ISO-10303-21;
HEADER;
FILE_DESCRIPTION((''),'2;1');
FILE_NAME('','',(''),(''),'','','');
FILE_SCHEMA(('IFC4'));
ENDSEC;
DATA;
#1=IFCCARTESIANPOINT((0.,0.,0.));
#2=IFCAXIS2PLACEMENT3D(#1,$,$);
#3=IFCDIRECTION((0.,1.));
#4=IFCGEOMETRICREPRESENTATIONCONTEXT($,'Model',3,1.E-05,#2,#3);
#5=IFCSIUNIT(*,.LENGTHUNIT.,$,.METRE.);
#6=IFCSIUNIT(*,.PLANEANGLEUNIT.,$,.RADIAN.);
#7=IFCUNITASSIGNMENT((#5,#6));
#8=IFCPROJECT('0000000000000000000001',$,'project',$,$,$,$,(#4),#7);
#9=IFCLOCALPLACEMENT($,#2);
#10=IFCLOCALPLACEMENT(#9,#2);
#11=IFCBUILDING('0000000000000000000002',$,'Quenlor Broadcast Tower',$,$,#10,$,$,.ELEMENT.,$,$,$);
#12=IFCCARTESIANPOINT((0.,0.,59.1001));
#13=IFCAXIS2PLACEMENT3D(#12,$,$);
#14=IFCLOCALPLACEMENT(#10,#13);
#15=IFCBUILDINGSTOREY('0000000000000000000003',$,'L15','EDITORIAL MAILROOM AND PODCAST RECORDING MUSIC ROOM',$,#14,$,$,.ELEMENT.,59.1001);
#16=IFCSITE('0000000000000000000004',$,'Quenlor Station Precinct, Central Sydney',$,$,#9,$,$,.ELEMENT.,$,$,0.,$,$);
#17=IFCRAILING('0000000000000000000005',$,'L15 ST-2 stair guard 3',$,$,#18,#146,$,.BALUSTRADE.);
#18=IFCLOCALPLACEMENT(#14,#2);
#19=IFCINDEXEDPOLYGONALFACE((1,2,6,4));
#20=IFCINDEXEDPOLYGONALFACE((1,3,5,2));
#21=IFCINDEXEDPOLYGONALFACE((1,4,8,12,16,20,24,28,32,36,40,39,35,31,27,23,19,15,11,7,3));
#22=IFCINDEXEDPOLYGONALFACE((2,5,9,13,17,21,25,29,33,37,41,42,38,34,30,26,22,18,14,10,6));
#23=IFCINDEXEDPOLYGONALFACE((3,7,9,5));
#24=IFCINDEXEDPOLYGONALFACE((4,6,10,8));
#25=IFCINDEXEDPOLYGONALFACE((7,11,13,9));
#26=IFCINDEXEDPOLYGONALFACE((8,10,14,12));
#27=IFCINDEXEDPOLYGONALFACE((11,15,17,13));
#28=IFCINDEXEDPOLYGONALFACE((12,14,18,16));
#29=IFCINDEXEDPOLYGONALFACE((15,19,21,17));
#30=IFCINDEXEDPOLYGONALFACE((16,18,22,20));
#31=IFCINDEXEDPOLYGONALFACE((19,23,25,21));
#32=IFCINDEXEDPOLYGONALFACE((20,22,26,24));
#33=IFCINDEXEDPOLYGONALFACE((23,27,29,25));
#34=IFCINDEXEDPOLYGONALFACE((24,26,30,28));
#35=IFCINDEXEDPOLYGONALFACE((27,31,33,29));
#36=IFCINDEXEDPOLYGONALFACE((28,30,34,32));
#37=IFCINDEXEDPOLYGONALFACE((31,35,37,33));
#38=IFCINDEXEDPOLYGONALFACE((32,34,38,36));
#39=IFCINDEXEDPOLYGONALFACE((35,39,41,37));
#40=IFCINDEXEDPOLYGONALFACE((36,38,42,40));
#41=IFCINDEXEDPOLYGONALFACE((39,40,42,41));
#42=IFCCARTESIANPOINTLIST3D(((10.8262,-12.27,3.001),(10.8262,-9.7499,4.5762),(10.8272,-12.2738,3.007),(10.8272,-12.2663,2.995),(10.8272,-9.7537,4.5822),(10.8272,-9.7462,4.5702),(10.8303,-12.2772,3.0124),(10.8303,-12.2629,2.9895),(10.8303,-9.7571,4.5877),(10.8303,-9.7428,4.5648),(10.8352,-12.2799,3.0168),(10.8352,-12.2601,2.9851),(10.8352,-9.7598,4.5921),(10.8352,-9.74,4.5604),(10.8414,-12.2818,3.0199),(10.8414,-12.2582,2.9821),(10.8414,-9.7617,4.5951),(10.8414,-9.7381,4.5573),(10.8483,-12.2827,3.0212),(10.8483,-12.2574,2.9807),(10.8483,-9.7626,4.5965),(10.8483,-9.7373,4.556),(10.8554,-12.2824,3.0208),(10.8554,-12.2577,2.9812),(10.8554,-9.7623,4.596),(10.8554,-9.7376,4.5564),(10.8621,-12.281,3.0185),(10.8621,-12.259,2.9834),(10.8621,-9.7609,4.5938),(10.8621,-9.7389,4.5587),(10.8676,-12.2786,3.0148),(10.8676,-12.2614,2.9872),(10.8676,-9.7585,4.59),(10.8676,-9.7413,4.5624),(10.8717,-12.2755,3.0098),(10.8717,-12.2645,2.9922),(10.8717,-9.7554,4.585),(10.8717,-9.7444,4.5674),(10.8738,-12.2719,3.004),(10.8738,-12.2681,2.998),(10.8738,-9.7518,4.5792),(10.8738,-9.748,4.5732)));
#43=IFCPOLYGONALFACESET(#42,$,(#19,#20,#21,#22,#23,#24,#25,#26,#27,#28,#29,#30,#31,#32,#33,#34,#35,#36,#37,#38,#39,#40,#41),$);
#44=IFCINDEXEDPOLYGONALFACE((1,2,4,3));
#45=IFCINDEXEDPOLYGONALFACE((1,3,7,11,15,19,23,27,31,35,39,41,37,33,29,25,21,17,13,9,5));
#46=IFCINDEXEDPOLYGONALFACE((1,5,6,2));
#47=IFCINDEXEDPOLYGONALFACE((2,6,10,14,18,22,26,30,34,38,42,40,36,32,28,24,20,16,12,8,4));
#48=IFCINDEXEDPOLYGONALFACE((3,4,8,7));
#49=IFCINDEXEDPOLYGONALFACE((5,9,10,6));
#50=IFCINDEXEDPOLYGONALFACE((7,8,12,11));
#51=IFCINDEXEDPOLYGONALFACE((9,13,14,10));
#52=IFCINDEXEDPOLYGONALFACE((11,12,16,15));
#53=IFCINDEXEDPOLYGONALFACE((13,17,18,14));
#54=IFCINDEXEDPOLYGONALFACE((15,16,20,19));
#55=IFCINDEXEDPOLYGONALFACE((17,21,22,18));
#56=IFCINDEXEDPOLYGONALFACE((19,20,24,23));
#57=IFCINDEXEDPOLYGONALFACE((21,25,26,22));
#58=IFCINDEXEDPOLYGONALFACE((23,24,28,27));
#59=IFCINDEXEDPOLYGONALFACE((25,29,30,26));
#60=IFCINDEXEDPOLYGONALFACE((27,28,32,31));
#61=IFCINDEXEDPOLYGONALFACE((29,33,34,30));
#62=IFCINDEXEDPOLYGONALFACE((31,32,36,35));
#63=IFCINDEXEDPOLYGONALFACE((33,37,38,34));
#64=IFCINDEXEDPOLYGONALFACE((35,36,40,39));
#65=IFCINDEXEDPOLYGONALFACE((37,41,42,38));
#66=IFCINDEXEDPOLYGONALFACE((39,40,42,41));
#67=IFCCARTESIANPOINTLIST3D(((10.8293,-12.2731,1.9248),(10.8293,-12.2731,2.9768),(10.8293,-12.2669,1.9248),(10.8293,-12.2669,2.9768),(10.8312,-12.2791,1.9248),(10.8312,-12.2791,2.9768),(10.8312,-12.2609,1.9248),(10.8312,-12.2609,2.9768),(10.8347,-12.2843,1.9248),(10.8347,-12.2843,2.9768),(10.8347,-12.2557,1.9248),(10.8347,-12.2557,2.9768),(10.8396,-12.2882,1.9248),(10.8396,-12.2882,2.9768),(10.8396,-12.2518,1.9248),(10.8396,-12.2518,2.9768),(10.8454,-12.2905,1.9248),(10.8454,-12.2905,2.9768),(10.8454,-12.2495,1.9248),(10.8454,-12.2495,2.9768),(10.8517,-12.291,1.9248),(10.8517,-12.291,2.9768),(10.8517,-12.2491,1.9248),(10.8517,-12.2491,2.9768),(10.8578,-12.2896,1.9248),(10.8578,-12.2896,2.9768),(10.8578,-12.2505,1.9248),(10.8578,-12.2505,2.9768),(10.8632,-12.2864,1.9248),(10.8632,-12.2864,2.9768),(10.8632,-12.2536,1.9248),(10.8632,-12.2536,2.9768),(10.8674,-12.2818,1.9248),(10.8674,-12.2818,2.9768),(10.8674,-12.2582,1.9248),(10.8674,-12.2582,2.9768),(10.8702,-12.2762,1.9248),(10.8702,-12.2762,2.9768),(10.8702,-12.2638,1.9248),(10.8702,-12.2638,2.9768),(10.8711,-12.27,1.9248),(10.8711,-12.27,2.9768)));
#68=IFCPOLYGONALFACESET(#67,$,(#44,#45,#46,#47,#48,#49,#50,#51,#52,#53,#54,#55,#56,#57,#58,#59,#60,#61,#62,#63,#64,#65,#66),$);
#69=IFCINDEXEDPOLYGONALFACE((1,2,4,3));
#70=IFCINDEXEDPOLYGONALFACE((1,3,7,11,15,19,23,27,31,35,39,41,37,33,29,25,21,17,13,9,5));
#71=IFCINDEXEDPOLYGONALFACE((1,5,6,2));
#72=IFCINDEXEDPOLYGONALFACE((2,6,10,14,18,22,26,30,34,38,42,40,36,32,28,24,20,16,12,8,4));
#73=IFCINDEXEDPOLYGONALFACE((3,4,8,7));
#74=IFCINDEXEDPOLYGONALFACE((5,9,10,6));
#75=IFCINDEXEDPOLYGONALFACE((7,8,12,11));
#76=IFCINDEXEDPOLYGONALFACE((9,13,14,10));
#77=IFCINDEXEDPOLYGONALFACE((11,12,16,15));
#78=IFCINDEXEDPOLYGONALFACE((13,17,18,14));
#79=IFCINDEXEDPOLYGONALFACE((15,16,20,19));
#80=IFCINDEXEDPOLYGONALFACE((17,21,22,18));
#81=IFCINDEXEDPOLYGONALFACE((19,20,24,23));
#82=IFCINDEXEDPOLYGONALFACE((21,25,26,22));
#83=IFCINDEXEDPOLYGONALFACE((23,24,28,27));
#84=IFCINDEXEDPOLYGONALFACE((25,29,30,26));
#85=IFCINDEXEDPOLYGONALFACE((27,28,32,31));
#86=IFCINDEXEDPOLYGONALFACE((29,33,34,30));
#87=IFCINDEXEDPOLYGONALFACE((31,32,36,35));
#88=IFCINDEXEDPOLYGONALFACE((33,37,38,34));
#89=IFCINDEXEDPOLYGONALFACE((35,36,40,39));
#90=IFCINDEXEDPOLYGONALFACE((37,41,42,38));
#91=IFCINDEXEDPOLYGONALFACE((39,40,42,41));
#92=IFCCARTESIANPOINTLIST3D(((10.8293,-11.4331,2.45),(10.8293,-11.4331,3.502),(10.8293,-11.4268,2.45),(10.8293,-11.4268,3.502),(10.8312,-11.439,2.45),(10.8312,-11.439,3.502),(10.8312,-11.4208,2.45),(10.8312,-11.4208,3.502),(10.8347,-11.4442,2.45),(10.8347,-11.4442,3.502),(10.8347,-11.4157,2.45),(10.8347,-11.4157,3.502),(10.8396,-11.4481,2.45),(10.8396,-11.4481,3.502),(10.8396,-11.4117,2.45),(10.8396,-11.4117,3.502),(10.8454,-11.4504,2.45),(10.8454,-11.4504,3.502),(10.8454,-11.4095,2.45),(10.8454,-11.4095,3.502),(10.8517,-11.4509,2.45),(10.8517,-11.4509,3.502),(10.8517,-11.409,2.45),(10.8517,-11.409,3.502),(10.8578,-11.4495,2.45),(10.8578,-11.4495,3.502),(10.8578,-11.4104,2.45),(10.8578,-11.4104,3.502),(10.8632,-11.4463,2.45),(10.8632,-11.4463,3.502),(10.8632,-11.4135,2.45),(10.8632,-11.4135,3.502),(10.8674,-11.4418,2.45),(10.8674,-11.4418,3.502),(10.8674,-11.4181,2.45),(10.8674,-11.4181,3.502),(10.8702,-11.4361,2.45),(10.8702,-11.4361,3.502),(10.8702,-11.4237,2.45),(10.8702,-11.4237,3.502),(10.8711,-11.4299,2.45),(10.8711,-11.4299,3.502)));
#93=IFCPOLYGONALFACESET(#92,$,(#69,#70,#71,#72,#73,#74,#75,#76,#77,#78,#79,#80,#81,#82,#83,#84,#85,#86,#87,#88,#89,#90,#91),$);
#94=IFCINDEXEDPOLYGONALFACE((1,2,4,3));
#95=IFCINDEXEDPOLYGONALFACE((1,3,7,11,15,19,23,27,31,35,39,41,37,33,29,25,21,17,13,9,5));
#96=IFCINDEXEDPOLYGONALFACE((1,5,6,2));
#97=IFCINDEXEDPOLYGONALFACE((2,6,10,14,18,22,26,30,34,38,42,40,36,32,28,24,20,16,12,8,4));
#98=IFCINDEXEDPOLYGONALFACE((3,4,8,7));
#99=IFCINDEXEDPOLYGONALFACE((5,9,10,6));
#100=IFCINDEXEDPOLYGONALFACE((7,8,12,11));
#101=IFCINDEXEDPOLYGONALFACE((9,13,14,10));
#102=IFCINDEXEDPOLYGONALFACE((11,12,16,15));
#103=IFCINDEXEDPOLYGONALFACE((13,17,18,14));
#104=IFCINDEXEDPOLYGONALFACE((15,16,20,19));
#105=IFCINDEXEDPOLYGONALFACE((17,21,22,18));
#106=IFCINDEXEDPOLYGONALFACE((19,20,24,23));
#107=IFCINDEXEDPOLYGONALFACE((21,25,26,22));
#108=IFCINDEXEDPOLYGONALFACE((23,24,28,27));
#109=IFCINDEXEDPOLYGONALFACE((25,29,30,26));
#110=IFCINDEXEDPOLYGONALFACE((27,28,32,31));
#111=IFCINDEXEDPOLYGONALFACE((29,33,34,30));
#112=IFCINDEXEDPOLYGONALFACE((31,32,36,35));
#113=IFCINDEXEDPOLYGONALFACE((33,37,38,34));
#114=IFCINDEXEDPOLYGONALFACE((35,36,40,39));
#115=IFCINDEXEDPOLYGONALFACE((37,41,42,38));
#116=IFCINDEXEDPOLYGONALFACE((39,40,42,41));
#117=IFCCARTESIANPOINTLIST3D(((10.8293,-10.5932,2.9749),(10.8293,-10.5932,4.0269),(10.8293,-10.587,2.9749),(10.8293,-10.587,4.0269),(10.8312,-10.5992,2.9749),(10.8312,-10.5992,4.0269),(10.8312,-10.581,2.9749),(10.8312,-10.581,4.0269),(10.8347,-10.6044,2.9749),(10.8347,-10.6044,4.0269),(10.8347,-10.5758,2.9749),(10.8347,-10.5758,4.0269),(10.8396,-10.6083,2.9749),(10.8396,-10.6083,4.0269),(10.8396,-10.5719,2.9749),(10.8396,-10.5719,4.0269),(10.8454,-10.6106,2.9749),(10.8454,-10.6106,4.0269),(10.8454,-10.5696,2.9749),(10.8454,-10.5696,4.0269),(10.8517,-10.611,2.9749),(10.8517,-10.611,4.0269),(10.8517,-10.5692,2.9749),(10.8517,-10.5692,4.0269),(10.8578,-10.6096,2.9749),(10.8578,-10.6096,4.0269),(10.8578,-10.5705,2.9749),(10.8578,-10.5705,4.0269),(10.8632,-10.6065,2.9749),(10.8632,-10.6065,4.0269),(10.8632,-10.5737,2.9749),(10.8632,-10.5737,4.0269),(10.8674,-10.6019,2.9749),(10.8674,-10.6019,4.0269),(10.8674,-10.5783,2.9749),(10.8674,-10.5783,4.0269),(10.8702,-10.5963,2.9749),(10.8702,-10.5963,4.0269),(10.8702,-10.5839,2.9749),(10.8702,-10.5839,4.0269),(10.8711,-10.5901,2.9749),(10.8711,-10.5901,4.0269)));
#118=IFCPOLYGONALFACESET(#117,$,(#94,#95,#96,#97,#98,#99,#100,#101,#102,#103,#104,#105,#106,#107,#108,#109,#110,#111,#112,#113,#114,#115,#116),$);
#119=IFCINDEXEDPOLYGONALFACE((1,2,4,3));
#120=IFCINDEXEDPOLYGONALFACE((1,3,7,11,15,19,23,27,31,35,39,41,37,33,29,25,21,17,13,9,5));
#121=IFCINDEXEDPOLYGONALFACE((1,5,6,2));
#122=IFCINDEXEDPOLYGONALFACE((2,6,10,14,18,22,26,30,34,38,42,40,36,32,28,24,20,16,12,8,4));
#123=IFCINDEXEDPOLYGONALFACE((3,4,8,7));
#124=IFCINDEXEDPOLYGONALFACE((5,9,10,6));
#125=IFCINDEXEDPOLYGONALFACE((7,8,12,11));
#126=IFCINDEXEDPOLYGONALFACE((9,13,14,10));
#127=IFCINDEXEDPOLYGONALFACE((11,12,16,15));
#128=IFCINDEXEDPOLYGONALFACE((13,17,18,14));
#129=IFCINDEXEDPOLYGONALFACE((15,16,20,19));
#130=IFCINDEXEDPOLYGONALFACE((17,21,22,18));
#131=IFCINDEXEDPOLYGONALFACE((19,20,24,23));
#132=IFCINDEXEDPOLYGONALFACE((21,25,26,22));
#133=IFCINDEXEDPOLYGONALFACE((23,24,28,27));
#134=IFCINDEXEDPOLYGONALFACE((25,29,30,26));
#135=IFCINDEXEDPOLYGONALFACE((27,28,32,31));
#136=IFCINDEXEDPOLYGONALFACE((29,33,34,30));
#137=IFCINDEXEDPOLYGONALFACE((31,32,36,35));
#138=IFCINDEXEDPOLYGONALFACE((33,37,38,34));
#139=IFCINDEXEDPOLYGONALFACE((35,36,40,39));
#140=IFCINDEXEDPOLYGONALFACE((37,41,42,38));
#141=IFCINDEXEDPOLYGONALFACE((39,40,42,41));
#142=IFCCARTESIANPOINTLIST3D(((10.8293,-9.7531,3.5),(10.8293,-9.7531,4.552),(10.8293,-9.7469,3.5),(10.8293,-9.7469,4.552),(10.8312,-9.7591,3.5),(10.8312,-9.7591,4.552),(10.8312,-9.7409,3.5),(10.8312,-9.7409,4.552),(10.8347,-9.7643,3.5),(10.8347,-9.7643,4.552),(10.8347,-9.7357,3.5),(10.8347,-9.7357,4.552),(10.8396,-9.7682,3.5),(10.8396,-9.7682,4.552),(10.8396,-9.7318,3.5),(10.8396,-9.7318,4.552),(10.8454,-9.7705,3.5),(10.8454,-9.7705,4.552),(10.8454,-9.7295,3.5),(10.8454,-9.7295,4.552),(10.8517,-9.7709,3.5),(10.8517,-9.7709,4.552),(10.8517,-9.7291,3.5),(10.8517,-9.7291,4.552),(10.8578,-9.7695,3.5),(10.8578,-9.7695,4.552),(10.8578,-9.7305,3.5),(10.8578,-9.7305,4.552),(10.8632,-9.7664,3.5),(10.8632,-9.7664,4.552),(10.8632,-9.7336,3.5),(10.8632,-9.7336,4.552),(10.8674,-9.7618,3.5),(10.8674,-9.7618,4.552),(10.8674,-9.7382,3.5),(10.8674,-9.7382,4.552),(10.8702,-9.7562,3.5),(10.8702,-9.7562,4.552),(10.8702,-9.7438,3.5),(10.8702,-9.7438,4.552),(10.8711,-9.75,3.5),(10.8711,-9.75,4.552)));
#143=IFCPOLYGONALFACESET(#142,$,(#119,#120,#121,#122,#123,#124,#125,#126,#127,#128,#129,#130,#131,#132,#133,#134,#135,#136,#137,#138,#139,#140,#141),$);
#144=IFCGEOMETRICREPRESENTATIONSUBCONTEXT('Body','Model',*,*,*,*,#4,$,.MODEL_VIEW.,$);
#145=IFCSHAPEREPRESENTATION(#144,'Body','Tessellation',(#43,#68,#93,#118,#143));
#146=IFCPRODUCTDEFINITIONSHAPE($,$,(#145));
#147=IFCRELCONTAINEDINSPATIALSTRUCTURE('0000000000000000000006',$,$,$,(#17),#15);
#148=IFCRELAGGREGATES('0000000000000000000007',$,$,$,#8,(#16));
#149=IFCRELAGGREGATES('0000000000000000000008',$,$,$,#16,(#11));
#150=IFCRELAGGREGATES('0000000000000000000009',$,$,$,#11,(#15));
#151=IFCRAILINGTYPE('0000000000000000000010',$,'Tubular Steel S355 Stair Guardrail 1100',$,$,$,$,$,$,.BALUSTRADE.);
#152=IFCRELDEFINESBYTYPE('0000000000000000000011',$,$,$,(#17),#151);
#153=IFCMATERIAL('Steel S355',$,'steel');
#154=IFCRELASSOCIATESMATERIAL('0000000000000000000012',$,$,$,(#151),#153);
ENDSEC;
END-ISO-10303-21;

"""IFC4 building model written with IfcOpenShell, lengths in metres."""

from ifc_helpers import new_model, si_unit, direction, frame, origin, origin_2d, place, context, subcontext, project, spatial, circle, extrude, material, type_object, element, save


model = new_model("IFC4")

# Units and contexts
model_context = context("Model", 3, precision=1e-05, world=origin(), true_north=direction((0.0, 1.0)))
body_context = subcontext(model_context, "Body", "Model", "MODEL_VIEW")
ifc_project = project(units=[si_unit("LENGTHUNIT", "METRE"), si_unit("PLANEANGLEUNIT", "RADIAN")], contexts=[model_context])

# Site, building, storey
site_placement = place(None, origin())
site = spatial("IfcSite", under=ifc_project, at=site_placement, Name="Quenlor Station Precinct, Central Sydney", CompositionType="ELEMENT", RefElevation=0.0)
building_placement = place(site_placement, origin())
building = spatial("IfcBuilding", under=site, at=building_placement, Name="Quenlor Broadcast Tower", CompositionType="ELEMENT")
storey_placement = place(building_placement, frame((0.0, 0.0, 59.1001)))
storey = spatial("IfcBuildingStorey", under=building, at=storey_placement, Name="L15", Description="EDITORIAL MAILROOM AND PODCAST RECORDING MUSIC ROOM", CompositionType="ELEMENT", Elevation=59.1001)

# Railing
ifc_material_1 = material(Name="Steel S355", Category="steel")
railing_type_1 = type_object("IfcRailingType", Name="Tubular Steel S355 Stair Guardrail 1100", PredefinedType="BALUSTRADE", material=ifc_material_1)
railing_1_placement = place(storey_placement, frame((10.8501, -12.27, 1.9248)))
element("IfcRailing", 1, at=railing_1_placement, inside=storey, type_object=railing_type_1, Name="L15 ST-2 stair guard 3", PredefinedType="BALUSTRADE", context=body_context, shape_type="SweptSolid", body=[
    extrude(circle(Radius=0.0239, at=origin_2d()), frame((0.0, 0.0, 1.0762), z_axis=(0.0, 0.847971, 0.530043), x_axis=(-1.0, 0.0, 0.0)), (0.0, 0.0, 1.0), 2.9719),
    extrude(circle(Radius=0.021, at=origin_2d()), origin(), (0.0, 0.0, 1.0), 1.052),
    extrude(circle(Radius=0.021, at=origin_2d()), frame((0.0, 0.8401, 0.5251)), (0.0, 0.0, 1.0), 1.052),
    extrude(circle(Radius=0.021, at=origin_2d()), frame((0.0, 1.6799, 1.05)), (0.0, 0.0, 1.0), 1.052),
    extrude(circle(Radius=0.021, at=origin_2d()), frame((0.0, 2.52, 1.5752)), (0.0, 0.0, 1.0), 1.052),
])

save(model, "model.ifc")
